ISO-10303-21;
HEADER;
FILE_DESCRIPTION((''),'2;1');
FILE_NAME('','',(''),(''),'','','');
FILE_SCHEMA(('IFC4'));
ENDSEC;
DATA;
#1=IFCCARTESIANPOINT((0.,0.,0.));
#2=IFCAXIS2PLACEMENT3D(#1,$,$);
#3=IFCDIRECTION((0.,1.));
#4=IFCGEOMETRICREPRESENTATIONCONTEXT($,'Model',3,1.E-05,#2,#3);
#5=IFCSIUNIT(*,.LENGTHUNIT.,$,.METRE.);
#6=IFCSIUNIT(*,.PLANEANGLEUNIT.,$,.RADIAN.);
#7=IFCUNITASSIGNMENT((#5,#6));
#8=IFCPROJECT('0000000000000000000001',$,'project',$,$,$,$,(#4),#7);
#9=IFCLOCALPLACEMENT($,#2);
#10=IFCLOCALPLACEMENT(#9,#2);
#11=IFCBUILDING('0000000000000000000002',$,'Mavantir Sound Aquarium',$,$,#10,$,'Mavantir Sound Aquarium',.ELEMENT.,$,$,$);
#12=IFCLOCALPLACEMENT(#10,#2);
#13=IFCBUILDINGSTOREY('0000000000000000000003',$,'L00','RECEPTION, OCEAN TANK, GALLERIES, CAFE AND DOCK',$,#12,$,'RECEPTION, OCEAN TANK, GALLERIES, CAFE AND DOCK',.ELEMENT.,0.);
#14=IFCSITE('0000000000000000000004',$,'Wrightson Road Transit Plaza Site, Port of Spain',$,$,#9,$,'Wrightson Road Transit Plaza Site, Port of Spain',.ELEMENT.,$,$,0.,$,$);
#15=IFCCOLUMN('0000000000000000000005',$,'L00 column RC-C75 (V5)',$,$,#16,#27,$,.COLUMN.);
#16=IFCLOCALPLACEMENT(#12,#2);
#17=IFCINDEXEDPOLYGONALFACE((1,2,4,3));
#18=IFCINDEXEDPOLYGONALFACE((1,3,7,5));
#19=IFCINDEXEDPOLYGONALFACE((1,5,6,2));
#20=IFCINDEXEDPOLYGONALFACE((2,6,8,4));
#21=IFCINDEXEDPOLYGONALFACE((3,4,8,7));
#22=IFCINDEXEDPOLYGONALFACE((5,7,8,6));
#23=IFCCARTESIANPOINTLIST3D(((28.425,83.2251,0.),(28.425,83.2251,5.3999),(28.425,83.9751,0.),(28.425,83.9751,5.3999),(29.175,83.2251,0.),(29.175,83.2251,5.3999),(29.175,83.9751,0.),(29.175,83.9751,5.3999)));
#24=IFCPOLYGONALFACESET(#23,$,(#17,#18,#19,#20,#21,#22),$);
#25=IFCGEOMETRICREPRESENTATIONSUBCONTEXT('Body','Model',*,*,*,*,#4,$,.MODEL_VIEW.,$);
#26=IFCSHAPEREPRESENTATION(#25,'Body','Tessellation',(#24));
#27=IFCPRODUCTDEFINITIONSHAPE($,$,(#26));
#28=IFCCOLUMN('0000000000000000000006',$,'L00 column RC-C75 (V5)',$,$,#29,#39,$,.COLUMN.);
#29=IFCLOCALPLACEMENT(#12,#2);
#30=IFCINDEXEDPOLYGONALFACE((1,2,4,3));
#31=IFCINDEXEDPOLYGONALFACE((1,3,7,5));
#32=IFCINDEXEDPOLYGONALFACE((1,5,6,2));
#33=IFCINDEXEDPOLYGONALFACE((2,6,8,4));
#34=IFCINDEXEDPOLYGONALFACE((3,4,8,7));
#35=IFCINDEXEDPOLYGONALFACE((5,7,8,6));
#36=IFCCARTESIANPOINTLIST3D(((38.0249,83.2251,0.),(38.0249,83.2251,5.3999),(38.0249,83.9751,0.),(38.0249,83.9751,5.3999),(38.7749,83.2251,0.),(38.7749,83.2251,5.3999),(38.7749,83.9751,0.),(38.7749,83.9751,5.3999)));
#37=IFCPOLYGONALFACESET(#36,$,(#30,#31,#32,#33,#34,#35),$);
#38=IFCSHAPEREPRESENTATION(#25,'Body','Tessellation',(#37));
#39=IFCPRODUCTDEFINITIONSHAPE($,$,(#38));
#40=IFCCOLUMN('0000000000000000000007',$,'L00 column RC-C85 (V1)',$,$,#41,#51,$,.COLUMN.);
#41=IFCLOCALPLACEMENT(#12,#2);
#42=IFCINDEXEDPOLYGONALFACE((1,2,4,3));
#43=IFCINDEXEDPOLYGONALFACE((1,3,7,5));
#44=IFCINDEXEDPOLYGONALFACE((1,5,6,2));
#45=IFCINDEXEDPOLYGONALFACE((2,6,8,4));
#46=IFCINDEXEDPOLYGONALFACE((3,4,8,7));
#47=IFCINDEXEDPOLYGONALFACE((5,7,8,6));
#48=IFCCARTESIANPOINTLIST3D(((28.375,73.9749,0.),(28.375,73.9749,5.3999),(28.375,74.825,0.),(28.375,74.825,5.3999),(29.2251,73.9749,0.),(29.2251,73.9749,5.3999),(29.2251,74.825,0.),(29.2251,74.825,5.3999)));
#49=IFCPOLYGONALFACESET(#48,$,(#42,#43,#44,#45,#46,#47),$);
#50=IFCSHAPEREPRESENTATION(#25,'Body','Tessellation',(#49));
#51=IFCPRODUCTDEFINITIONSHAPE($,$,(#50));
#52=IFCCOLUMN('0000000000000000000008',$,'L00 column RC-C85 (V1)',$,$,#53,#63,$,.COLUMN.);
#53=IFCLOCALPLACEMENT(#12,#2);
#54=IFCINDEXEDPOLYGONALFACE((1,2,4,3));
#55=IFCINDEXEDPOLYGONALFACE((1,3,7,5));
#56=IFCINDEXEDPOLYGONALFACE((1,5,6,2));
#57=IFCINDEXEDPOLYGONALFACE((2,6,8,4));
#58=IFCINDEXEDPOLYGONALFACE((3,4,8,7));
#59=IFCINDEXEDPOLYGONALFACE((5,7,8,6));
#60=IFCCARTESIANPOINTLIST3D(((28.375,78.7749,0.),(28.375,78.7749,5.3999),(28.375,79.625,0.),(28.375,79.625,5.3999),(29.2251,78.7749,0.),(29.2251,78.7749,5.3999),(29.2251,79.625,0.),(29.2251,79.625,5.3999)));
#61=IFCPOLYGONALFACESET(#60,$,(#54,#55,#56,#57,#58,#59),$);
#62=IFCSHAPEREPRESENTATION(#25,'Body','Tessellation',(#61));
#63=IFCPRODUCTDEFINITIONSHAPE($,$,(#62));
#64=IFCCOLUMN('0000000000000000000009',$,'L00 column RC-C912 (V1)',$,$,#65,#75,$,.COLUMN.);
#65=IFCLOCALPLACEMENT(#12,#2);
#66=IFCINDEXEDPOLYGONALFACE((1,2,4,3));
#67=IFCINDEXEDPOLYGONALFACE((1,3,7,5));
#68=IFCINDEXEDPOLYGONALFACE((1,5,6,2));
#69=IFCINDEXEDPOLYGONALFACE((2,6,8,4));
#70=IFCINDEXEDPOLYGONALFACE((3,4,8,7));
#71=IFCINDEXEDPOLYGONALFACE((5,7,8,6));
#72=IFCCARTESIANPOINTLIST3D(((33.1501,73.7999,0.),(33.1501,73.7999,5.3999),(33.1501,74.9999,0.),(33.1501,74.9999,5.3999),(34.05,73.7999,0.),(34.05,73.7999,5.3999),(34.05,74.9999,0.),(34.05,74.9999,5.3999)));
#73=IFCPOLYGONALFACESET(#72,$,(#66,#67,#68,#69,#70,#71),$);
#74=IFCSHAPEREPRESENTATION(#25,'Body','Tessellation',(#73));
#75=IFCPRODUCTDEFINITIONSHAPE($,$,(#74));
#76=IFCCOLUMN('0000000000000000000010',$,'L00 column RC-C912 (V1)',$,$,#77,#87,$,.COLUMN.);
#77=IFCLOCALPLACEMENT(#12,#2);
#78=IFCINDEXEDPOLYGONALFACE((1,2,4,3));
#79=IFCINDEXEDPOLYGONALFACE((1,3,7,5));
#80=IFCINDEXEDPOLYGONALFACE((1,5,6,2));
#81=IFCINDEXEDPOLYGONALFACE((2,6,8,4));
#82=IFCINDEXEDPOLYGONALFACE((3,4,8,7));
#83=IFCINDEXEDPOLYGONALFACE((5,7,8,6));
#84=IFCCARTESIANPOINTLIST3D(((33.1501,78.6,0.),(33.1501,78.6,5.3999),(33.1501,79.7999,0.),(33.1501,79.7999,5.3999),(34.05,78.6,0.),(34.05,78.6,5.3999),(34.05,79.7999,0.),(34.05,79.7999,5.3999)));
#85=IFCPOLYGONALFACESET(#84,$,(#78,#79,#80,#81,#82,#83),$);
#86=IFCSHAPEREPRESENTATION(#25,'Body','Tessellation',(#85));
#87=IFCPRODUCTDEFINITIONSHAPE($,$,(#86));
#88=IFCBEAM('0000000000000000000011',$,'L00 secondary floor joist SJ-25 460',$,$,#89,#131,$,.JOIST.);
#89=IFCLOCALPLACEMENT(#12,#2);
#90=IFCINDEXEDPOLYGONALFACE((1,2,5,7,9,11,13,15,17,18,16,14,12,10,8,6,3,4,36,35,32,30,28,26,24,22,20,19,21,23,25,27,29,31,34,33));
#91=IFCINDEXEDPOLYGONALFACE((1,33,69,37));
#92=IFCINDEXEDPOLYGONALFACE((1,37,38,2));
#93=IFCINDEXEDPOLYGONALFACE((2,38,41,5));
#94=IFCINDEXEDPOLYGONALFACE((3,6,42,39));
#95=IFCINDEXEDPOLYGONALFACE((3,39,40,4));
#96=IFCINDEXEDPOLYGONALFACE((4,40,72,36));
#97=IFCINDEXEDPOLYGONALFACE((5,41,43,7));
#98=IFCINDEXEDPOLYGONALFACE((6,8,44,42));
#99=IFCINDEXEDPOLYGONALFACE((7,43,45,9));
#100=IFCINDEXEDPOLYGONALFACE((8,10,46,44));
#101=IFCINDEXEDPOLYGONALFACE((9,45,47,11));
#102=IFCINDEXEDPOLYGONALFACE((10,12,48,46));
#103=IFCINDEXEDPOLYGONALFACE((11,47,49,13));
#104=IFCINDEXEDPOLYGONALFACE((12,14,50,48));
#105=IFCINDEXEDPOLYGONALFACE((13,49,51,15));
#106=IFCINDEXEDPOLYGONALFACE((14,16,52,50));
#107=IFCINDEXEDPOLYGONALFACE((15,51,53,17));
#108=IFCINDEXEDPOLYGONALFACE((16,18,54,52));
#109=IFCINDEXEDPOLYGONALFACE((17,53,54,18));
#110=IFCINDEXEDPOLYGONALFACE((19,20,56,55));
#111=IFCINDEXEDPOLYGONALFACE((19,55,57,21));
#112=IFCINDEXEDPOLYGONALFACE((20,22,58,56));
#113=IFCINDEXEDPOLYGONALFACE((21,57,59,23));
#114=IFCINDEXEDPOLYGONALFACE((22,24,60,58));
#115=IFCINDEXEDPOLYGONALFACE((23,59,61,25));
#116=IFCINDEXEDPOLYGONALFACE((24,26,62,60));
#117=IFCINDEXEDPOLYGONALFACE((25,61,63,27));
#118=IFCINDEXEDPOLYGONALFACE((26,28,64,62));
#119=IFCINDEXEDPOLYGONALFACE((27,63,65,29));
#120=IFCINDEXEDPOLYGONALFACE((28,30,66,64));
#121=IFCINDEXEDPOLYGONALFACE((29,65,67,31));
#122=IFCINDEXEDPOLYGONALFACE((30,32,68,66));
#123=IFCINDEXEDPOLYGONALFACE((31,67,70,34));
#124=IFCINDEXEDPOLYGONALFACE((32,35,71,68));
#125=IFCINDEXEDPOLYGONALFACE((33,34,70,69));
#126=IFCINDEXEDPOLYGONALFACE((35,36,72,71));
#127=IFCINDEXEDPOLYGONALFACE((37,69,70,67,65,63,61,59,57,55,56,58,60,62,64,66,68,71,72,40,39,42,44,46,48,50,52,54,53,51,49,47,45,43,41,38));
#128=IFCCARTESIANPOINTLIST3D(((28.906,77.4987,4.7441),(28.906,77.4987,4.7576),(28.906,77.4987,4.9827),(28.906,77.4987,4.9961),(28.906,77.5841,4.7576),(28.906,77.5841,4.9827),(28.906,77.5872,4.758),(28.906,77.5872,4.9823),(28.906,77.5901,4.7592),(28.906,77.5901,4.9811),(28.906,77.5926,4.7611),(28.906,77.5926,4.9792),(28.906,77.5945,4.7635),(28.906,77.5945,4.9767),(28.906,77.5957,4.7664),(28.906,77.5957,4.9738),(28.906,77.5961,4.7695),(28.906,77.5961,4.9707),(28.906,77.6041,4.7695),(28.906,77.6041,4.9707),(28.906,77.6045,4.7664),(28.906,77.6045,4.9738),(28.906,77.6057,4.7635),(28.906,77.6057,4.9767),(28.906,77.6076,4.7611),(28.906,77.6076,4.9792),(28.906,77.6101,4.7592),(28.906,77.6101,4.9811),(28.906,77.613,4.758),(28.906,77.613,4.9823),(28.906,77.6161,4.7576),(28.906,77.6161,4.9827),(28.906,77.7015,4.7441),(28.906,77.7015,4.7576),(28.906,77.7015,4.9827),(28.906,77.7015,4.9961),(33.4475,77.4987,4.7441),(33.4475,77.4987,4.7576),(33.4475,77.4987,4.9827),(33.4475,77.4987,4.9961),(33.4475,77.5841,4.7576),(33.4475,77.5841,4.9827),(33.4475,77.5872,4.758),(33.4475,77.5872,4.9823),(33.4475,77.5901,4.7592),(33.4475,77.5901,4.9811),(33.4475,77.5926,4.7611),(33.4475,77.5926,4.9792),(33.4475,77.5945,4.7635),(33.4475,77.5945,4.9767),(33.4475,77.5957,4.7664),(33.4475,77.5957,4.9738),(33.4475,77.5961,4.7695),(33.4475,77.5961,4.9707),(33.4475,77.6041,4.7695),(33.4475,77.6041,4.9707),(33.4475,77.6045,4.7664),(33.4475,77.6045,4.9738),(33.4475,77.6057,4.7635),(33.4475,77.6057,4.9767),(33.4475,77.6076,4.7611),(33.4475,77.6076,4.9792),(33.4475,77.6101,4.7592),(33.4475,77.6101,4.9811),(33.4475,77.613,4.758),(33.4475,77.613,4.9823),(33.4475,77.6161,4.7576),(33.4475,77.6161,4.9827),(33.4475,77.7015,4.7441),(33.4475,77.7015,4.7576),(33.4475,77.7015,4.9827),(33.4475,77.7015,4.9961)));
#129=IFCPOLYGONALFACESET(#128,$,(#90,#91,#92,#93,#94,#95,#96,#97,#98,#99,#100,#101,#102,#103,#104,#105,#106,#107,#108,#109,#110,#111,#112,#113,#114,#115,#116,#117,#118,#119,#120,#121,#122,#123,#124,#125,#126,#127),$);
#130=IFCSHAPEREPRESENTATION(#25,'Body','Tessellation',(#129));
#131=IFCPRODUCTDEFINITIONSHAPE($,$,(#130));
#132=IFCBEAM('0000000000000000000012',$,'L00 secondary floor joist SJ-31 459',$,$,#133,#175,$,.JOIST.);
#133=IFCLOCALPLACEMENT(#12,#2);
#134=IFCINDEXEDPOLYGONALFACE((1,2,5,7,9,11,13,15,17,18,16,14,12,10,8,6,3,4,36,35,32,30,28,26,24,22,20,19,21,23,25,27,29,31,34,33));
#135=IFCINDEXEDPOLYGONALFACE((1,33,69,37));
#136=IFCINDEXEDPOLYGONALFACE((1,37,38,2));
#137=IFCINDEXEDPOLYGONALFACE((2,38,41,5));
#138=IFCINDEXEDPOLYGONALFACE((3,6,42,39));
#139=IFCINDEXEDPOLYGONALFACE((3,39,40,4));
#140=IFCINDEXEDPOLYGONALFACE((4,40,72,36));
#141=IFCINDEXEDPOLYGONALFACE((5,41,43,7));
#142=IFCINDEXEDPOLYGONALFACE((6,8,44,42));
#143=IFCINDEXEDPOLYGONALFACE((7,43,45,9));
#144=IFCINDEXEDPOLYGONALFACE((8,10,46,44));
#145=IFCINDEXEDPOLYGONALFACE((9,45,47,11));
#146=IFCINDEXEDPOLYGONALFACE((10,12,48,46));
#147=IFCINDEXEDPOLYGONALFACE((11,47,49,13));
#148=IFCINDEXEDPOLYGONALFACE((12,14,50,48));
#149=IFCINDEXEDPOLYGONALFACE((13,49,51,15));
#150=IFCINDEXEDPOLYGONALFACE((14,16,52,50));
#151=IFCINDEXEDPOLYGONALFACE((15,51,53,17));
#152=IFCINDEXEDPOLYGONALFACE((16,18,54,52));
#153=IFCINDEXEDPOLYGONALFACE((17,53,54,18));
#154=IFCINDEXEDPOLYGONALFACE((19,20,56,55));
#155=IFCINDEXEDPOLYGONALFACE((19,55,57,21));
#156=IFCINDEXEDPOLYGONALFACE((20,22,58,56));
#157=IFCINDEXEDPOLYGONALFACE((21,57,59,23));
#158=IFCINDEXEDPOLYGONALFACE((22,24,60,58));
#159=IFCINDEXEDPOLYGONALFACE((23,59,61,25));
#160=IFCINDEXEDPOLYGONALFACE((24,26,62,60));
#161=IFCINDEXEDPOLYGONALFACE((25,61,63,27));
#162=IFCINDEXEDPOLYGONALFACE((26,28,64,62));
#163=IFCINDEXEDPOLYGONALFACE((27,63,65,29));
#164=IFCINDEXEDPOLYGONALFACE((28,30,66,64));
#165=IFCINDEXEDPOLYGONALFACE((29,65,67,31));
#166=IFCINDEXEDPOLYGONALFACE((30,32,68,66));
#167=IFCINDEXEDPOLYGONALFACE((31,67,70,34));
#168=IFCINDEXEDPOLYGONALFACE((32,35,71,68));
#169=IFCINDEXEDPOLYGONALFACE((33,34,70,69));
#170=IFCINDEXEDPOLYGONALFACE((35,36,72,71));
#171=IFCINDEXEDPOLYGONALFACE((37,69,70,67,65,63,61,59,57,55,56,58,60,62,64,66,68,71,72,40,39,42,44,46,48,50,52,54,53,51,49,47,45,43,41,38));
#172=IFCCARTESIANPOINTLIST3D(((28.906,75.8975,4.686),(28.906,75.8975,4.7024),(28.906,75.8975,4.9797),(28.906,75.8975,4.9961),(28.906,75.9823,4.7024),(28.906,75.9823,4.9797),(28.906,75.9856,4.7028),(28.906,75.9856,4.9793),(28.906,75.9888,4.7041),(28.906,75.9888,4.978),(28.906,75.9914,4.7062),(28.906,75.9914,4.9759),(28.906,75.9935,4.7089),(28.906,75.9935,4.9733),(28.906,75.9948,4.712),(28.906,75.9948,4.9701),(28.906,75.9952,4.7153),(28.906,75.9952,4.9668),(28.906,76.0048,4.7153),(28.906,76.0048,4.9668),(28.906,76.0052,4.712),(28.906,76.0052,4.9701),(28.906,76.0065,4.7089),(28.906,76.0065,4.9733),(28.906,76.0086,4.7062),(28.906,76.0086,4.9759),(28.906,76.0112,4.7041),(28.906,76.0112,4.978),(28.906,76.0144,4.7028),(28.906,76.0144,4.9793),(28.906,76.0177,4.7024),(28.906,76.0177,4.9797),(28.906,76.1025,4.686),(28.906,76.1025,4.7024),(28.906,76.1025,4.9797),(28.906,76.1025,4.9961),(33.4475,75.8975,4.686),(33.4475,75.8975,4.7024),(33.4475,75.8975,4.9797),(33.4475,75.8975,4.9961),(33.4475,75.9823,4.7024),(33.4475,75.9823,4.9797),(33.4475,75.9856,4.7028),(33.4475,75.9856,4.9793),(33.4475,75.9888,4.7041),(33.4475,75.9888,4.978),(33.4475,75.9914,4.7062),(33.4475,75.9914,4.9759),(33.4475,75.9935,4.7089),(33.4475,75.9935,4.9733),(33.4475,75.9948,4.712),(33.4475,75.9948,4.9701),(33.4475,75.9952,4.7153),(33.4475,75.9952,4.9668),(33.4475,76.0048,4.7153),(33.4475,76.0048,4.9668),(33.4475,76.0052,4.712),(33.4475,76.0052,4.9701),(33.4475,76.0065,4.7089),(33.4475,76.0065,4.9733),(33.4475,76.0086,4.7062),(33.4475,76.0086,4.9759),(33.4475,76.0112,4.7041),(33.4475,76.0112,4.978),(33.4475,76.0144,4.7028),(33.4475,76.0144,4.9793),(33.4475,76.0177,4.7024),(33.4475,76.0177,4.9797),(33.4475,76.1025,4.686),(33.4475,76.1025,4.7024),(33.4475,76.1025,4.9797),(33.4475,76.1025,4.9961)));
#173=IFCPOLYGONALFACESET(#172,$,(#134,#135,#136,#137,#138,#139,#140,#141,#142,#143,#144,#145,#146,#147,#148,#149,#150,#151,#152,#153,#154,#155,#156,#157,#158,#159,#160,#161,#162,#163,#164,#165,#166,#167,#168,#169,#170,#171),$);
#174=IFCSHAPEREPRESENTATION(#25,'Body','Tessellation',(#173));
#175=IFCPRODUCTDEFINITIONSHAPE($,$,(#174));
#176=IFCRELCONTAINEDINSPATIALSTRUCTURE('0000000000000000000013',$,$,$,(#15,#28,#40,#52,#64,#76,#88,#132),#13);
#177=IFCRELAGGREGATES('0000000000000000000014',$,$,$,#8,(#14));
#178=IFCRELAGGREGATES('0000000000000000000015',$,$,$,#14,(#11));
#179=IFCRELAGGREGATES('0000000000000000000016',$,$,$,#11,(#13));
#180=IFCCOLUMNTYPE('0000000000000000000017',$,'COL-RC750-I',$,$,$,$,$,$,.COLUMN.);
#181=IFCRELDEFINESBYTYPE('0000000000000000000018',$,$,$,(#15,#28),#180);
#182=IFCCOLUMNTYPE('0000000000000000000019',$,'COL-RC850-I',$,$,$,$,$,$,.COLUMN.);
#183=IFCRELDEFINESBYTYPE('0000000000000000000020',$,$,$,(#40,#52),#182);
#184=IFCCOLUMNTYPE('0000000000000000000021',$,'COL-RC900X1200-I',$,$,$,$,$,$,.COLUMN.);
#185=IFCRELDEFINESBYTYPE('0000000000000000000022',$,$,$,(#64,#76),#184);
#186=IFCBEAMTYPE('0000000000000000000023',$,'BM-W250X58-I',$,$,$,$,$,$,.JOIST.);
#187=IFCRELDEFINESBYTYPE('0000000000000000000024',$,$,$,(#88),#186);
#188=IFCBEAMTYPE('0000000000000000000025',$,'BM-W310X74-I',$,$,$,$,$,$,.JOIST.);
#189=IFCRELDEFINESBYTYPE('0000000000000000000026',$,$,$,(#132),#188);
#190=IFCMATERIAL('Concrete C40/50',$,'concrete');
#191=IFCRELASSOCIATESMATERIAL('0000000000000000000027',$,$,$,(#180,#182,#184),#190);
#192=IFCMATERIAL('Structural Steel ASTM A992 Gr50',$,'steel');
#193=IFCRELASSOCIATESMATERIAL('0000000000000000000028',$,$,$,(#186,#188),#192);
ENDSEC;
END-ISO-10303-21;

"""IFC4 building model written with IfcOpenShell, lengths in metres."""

from ifc_helpers import new_model, si_unit, direction, frame, origin, origin_2d, place, context, subcontext, project, spatial, rectangle, i_section, extrude, material, material_profile, profile_set, type_object, element, save


model = new_model("IFC4")

# Units and contexts
model_context = context("Model", 3, precision=1e-05, world=origin(), true_north=direction((0.0, 1.0)))
body_context = subcontext(model_context, "Body", "Model", "MODEL_VIEW")
ifc_project = project(units=[si_unit("LENGTHUNIT", "METRE"), si_unit("PLANEANGLEUNIT", "RADIAN")], contexts=[model_context])

# Site, building, storey
site_placement = place(None, origin())
site = spatial("IfcSite", under=ifc_project, at=site_placement, Name="Wrightson Road Transit Plaza Site, Port of Spain", LongName="Wrightson Road Transit Plaza Site, Port of Spain", CompositionType="ELEMENT", RefElevation=0.0)
building_placement = place(site_placement, origin())
building = spatial("IfcBuilding", under=site, at=building_placement, Name="Mavantir Sound Aquarium", LongName="Mavantir Sound Aquarium", CompositionType="ELEMENT")
storey_placement = place(building_placement, origin())
storey = spatial("IfcBuildingStorey", under=building, at=storey_placement, Name="L00", Description="RECEPTION, OCEAN TANK, GALLERIES, CAFE AND DOCK", LongName="RECEPTION, OCEAN TANK, GALLERIES, CAFE AND DOCK", CompositionType="ELEMENT", Elevation=0.0)

# Columns
ifc_material_1 = material(Name="Concrete C40/50", Category="concrete")
ifc_material_profile_1 = material_profile(ifc_material_1, rectangle(XDim=0.75, YDim=0.75, at=origin_2d()), Name="RC 750X750")
ifc_profile_set_1 = profile_set([ifc_material_profile_1], Name="Concrete C40/50")
column_type_1 = type_object("IfcColumnType", Name="COL-RC750-I", PredefinedType="COLUMN", material=ifc_profile_set_1)
for number, where, z_axis, x_axis, name in (
    (1, (28.8, 83.6001, 0.0), (0.0, 0.0, 1.0), (1.0, 0.0, 0.0), "L00 column RC-C75 (V5)"),
    (2, (38.3999, 83.6001, 0.0), (0.0, 0.0, 1.0), (1.0, 0.0, 0.0), "L00 column RC-C75 (V5)"),
):
    element("IfcColumn", number, at=place(storey_placement, frame(where, z_axis=z_axis, x_axis=x_axis)), inside=storey, type_object=column_type_1, Name=name, PredefinedType="COLUMN", context=body_context, shape_type="SweptSolid", body=[
        extrude(rectangle(XDim=0.75, YDim=0.75, at=origin_2d()), origin(), (0.0, 0.0, 1.0), 5.3999),
    ])
ifc_material_profile_2 = material_profile(ifc_material_1, rectangle(XDim=0.8501, YDim=0.8501, at=origin_2d()), Name="RC 850X850")
ifc_profile_set_2 = profile_set([ifc_material_profile_2], Name="Concrete C40/50")
column_type_2 = type_object("IfcColumnType", Name="COL-RC850-I", PredefinedType="COLUMN", material=ifc_profile_set_2)
for number, where, z_axis, x_axis, name in (
    (3, (28.8, 74.3999, 0.0), (0.0, 0.0, 1.0), (1.0, 0.0, 0.0), "L00 column RC-C85 (V1)"),
    (4, (28.8, 79.2, 0.0), (0.0, 0.0, 1.0), (1.0, 0.0, 0.0), "L00 column RC-C85 (V1)"),
):
    element("IfcColumn", number, at=place(storey_placement, frame(where, z_axis=z_axis, x_axis=x_axis)), inside=storey, type_object=column_type_2, Name=name, PredefinedType="COLUMN", context=body_context, shape_type="SweptSolid", body=[
        extrude(rectangle(XDim=0.8501, YDim=0.8501, at=origin_2d()), origin(), (0.0, 0.0, 1.0), 5.3999),
    ])
ifc_material_profile_3 = material_profile(ifc_material_1, rectangle(XDim=0.8999, YDim=1.2, at=origin_2d()), Name="RC 900X1200")
ifc_profile_set_3 = profile_set([ifc_material_profile_3], Name="Concrete C40/50")
column_type_3 = type_object("IfcColumnType", Name="COL-RC900X1200-I", PredefinedType="COLUMN", material=ifc_profile_set_3)
for number, where, z_axis, x_axis, name in (
    (5, (33.6001, 74.3999, 0.0), (0.0, 0.0, 1.0), (1.0, 0.0, 0.0), "L00 column RC-C912 (V1)"),
    (6, (33.6001, 79.2, 0.0), (0.0, 0.0, 1.0), (1.0, 0.0, 0.0), "L00 column RC-C912 (V1)"),
):
    element("IfcColumn", number, at=place(storey_placement, frame(where, z_axis=z_axis, x_axis=x_axis)), inside=storey, type_object=column_type_3, Name=name, PredefinedType="COLUMN", context=body_context, shape_type="SweptSolid", body=[
        extrude(rectangle(XDim=0.8999, YDim=1.2, at=origin_2d()), origin(), (0.0, 0.0, 1.0), 5.3999),
    ])

# Beams
ifc_material_2 = material(Name="Structural Steel ASTM A992 Gr50", Category="steel")
ifc_material_profile_4 = material_profile(ifc_material_2, i_section(OverallWidth=0.2029, OverallDepth=0.252, WebThickness=0.0081, FlangeThickness=0.0134, FilletRadius=0.012, at=origin_2d()), Name="W250X58")
ifc_profile_set_4 = profile_set([ifc_material_profile_4], Name="Structural Steel ASTM A992 Gr50")
beam_type_1 = type_object("IfcBeamType", Name="BM-W250X58-I", PredefinedType="JOIST", material=ifc_profile_set_4)
beam_1_placement = place(storey_placement, frame((28.906, 77.6001, 4.8701), z_axis=(1.0, 0.0, 0.0), x_axis=(0.0, 1.0, 0.0)))
element("IfcBeam", 7, at=beam_1_placement, inside=storey, type_object=beam_type_1, Name="L00 secondary floor joist SJ-25 460", PredefinedType="JOIST", context=body_context, shape_type="SweptSolid", body=[
    extrude(i_section(OverallWidth=0.2029, OverallDepth=0.252, WebThickness=0.0081, FlangeThickness=0.0134, FilletRadius=0.012, at=origin_2d()), origin(), (0.0, 0.0, 1.0), 4.5415),
])
ifc_material_profile_5 = material_profile(ifc_material_2, i_section(OverallWidth=0.2051, OverallDepth=0.3101, WebThickness=0.0095, FlangeThickness=0.0164, FilletRadius=0.0129, at=origin_2d()), Name="W310X74")
ifc_profile_set_5 = profile_set([ifc_material_profile_5], Name="Structural Steel ASTM A992 Gr50")
beam_type_2 = type_object("IfcBeamType", Name="BM-W310X74-I", PredefinedType="JOIST", material=ifc_profile_set_5)
beam_2_placement = place(storey_placement, frame((28.906, 76.0, 4.8411), z_axis=(1.0, 0.0, 0.0), x_axis=(0.0, 1.0, 0.0)))
element("IfcBeam", 8, at=beam_2_placement, inside=storey, type_object=beam_type_2, Name="L00 secondary floor joist SJ-31 459", PredefinedType="JOIST", context=body_context, shape_type="SweptSolid", body=[
    extrude(i_section(OverallWidth=0.2051, OverallDepth=0.3101, WebThickness=0.0095, FlangeThickness=0.0164, FilletRadius=0.0129, at=origin_2d()), origin(), (0.0, 0.0, 1.0), 4.5415),
])

save(model, "model.ifc")
